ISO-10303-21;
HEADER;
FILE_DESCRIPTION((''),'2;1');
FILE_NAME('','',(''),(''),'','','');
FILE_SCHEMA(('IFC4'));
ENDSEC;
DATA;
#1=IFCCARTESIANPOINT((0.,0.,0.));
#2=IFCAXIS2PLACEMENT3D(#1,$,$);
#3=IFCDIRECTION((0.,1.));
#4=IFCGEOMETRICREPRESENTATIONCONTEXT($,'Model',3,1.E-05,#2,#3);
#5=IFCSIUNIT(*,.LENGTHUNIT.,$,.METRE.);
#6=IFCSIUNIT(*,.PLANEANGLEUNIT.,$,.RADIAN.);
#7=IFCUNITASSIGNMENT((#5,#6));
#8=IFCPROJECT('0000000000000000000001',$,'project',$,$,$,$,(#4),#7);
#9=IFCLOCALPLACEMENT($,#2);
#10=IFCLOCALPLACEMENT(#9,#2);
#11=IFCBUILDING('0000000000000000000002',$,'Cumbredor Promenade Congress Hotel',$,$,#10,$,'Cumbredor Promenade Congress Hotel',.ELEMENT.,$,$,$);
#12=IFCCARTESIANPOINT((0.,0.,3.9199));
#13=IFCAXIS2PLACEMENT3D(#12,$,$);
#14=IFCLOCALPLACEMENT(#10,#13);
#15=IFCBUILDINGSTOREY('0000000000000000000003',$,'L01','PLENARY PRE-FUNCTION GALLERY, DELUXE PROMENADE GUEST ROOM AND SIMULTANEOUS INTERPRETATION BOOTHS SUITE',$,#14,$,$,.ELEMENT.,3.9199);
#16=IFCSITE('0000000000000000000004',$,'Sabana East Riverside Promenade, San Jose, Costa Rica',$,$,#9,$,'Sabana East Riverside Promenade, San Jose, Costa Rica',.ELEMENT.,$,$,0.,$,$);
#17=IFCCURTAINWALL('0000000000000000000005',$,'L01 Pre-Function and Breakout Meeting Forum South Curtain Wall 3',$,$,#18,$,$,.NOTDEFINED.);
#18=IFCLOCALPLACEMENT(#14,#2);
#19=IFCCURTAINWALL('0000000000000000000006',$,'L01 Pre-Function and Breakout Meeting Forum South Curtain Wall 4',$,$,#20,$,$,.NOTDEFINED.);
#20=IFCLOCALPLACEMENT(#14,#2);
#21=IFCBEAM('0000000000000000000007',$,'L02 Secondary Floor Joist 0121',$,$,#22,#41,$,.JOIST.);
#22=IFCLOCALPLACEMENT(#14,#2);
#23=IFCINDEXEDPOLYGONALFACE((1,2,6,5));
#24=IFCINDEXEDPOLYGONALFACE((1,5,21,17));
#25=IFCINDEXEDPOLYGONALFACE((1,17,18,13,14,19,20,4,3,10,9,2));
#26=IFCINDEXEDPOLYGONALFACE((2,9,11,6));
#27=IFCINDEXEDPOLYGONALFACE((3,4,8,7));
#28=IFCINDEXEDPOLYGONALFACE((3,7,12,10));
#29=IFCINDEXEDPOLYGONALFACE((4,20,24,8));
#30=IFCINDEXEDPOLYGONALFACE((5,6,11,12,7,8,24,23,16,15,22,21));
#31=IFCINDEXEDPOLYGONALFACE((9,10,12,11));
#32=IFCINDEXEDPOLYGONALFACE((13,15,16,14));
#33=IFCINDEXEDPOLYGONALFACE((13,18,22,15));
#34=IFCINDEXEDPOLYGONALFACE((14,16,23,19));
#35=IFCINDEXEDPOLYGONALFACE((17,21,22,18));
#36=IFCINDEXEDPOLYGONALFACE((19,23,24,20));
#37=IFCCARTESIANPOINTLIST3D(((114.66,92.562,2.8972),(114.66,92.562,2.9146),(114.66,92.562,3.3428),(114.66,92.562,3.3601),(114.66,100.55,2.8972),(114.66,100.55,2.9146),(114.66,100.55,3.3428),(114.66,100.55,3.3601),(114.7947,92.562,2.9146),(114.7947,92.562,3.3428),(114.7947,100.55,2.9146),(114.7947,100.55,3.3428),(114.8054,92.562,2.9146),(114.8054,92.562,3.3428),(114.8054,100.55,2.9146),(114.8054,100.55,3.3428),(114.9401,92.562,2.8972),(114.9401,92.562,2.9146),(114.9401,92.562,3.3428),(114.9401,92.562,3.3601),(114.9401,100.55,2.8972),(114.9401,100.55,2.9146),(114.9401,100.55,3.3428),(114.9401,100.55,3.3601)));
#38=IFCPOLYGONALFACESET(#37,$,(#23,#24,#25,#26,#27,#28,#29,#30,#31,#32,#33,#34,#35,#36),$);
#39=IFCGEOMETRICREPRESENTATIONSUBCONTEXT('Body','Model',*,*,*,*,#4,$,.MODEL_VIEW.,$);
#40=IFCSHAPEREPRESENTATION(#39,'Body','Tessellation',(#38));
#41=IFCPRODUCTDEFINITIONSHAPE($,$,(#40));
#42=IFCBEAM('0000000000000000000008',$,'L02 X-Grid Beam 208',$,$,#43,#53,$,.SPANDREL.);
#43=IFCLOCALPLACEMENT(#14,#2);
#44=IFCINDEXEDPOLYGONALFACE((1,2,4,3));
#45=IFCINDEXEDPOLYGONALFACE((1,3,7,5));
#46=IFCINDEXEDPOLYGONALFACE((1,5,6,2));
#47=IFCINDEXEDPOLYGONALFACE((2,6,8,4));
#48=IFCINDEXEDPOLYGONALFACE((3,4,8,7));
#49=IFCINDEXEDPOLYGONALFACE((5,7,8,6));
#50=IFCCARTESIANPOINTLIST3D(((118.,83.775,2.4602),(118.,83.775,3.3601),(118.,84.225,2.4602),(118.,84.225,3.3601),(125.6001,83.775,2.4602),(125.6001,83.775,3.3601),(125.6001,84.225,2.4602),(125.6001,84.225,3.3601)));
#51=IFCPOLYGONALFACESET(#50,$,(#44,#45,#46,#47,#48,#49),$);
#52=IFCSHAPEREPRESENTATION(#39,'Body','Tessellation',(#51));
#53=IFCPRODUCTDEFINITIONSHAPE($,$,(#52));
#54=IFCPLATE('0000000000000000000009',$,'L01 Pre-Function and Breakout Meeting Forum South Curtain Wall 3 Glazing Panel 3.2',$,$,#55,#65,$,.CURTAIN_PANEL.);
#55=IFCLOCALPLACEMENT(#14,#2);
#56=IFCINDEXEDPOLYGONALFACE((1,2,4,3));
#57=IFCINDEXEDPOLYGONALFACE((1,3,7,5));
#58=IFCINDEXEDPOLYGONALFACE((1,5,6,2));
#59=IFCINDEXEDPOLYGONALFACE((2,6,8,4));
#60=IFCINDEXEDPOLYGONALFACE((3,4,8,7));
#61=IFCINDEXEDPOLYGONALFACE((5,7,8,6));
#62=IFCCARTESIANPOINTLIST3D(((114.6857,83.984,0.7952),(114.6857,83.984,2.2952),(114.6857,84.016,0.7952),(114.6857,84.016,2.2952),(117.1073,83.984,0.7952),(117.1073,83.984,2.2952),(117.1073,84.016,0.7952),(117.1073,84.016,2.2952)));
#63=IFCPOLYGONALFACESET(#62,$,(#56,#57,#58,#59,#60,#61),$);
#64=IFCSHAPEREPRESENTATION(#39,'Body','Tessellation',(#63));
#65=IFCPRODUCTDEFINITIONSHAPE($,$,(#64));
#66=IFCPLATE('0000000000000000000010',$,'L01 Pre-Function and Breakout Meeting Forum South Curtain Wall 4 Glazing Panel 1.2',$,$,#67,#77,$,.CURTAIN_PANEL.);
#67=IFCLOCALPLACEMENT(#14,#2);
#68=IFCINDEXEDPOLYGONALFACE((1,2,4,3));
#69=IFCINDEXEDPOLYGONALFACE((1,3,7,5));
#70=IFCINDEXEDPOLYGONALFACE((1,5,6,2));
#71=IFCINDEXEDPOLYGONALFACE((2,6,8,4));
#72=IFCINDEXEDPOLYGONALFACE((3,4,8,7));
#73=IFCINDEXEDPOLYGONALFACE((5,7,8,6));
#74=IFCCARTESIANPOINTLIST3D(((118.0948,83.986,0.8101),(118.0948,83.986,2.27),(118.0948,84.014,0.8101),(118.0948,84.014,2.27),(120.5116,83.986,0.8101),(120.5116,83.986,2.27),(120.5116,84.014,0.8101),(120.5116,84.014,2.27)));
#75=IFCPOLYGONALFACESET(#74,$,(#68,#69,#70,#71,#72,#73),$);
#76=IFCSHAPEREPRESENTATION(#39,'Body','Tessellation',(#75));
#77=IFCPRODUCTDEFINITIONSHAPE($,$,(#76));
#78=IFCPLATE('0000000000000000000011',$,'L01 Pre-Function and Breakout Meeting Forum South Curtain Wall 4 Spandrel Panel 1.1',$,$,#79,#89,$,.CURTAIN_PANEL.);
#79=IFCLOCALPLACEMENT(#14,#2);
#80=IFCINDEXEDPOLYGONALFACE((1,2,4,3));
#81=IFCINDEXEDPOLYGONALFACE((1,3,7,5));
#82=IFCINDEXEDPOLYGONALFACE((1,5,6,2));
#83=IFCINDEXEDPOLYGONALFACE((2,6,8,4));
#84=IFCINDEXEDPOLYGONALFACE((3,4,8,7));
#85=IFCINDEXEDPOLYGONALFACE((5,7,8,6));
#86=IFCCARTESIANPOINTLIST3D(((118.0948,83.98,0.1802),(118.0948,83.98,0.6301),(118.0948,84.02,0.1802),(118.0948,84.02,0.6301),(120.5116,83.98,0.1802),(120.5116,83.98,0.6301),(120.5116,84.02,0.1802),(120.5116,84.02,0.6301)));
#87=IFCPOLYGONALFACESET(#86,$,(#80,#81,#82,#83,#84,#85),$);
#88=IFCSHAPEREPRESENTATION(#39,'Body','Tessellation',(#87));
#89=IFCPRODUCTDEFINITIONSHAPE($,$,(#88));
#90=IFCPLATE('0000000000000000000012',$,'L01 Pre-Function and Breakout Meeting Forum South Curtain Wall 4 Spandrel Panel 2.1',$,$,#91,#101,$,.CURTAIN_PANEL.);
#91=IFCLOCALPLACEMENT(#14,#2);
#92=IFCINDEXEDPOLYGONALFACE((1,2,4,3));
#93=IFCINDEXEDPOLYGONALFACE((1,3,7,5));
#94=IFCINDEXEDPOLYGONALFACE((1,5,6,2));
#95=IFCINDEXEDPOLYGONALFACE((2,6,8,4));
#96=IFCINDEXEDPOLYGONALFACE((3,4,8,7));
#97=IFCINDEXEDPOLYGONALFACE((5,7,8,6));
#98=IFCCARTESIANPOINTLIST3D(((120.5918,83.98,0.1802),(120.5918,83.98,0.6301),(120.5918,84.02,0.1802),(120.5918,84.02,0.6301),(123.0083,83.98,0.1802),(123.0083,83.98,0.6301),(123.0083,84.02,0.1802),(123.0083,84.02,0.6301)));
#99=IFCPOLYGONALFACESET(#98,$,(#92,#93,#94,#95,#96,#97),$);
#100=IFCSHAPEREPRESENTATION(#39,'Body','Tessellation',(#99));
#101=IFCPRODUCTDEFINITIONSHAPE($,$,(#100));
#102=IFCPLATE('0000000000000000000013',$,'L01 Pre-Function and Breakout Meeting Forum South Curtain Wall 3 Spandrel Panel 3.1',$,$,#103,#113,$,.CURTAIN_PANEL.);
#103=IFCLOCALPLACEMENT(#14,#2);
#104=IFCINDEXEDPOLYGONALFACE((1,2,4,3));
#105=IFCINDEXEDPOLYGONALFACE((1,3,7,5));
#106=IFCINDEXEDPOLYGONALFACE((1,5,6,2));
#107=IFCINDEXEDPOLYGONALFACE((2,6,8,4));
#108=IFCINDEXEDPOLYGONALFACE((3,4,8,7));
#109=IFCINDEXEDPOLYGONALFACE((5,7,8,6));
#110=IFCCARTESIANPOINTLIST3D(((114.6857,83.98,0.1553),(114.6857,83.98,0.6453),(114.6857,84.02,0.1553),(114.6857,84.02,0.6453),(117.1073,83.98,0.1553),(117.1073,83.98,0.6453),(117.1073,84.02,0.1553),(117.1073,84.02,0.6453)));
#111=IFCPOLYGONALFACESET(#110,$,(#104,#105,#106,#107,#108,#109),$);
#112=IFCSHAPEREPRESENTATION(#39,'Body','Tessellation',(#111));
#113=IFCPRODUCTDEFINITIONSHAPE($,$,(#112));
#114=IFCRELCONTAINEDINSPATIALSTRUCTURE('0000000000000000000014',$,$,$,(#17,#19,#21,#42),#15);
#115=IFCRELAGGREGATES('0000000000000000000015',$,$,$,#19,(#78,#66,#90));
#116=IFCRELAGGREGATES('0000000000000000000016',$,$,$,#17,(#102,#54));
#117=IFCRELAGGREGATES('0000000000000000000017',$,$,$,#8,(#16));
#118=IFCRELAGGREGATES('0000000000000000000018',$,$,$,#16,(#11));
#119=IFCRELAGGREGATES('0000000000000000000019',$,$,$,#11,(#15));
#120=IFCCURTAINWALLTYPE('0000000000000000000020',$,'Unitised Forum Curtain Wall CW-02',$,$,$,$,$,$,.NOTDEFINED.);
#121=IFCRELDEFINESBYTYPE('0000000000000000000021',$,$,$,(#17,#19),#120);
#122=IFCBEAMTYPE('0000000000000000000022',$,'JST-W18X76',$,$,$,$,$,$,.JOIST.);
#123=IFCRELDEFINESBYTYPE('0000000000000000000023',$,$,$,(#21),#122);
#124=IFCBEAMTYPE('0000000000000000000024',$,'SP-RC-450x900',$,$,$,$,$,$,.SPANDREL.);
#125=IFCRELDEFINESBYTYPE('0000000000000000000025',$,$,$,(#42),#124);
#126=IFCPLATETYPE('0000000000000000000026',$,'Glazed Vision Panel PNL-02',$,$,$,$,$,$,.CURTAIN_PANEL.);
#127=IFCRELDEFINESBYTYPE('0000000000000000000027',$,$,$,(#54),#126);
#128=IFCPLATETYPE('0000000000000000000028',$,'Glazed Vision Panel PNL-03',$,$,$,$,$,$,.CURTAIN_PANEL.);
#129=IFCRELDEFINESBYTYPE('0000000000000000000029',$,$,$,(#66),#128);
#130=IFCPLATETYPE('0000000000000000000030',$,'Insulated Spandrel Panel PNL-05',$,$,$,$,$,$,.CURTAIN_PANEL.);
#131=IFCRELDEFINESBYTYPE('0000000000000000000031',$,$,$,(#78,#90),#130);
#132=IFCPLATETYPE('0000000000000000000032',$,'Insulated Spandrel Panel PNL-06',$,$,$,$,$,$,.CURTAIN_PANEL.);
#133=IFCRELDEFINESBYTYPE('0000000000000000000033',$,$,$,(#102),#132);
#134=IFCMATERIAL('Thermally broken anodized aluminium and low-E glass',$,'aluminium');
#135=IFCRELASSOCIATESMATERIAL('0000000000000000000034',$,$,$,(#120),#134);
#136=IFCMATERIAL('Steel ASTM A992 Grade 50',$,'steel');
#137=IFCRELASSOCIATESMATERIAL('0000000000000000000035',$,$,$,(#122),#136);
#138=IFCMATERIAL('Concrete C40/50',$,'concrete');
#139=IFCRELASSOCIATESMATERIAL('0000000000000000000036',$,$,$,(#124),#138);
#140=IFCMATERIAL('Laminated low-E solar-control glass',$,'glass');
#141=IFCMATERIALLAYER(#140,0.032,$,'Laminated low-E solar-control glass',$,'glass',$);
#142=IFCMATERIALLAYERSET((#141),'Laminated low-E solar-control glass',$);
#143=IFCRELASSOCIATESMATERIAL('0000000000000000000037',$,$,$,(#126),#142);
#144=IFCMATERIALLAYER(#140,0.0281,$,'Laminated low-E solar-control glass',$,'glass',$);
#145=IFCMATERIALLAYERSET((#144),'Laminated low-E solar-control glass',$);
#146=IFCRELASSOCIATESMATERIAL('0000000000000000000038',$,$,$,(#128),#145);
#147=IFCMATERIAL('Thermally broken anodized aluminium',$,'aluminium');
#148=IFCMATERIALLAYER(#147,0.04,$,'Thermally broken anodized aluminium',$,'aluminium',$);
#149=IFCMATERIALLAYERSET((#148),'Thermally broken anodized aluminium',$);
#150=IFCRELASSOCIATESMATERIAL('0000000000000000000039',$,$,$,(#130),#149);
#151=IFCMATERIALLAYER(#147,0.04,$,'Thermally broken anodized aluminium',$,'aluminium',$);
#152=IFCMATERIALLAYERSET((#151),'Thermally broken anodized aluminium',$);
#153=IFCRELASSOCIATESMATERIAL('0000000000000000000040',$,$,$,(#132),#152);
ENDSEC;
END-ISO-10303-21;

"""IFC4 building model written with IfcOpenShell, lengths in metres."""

from ifc_helpers import new_model, si_unit, direction, frame, origin, origin_2d, place, context, subcontext, project, spatial, rectangle, i_section, extrude, material, layer, layer_set, material_profile, profile_set, type_object, element, aggregate, save


model = new_model("IFC4")

# Units and contexts
model_context = context("Model", 3, precision=1e-05, world=origin(), true_north=direction((0.0, 1.0)))
body_context = subcontext(model_context, "Body", "Model", "MODEL_VIEW")
ifc_project = project(units=[si_unit("LENGTHUNIT", "METRE"), si_unit("PLANEANGLEUNIT", "RADIAN")], contexts=[model_context])

# Site, building, storey
site_placement = place(None, origin())
site = spatial("IfcSite", under=ifc_project, at=site_placement, Name="Sabana East Riverside Promenade, San Jose, Costa Rica", LongName="Sabana East Riverside Promenade, San Jose, Costa Rica", CompositionType="ELEMENT", RefElevation=0.0)
building_placement = place(site_placement, origin())
building = spatial("IfcBuilding", under=site, at=building_placement, Name="Cumbredor Promenade Congress Hotel", LongName="Cumbredor Promenade Congress Hotel", CompositionType="ELEMENT")
storey_placement = place(building_placement, frame((0.0, 0.0, 3.9199)))
storey = spatial("IfcBuildingStorey", under=building, at=storey_placement, Name="L01", Description="PLENARY PRE-FUNCTION GALLERY, DELUXE PROMENADE GUEST ROOM AND SIMULTANEOUS INTERPRETATION BOOTHS SUITE", CompositionType="ELEMENT", Elevation=3.9199)

# Shared definitions
ifc_material_1 = material(Name="Concrete C40/50", Category="concrete")

# Curtain wall
ifc_material_2 = material(Name="Thermally broken anodized aluminium and low-E glass", Category="aluminium")
curtain_wall_type = type_object("IfcCurtainWallType", Name="Unitised Forum Curtain Wall CW-02", PredefinedType="NOTDEFINED", material=ifc_material_2)
curtain_wall_1_placement = place(storey_placement, origin())
curtain_wall_1 = element("IfcCurtainWall", 1, at=curtain_wall_1_placement, inside=storey, type_object=curtain_wall_type, Name="L01 Pre-Function and Breakout Meeting Forum South Curtain Wall 3", PredefinedType="NOTDEFINED")
ifc_material_3 = material(Name="Thermally broken anodized aluminium", Category="aluminium")

# Curtain wall
curtain_wall_2_placement = place(storey_placement, origin())
curtain_wall_2 = element("IfcCurtainWall", 2, at=curtain_wall_2_placement, inside=storey, type_object=curtain_wall_type, Name="L01 Pre-Function and Breakout Meeting Forum South Curtain Wall 4", PredefinedType="NOTDEFINED")

# Beams
ifc_material_4 = material(Name="Steel ASTM A992 Grade 50", Category="steel")
ifc_material_profile_1 = material_profile(ifc_material_4, i_section(OverallWidth=0.28, OverallDepth=0.4629, WebThickness=0.0107, FlangeThickness=0.0173, at=origin_2d()), Name="W18X76")
ifc_profile_set_1 = profile_set([ifc_material_profile_1], Name="Steel ASTM A992 Grade 50")
beam_type_1 = type_object("IfcBeamType", Name="JST-W18X76", PredefinedType="JOIST", material=ifc_profile_set_1)
beam_1_placement = place(storey_placement, frame((114.8, 92.562, 3.1287), z_axis=(0.0, 1.0, 0.0), x_axis=(-1.0, 0.0, 0.0)))
element("IfcBeam", 3, at=beam_1_placement, inside=storey, type_object=beam_type_1, Name="L02 Secondary Floor Joist 0121", PredefinedType="JOIST", context=body_context, shape_type="SweptSolid", body=[
    extrude(i_section(OverallWidth=0.28, OverallDepth=0.4629, WebThickness=0.0107, FlangeThickness=0.0173, at=origin_2d()), origin(), (0.0, 0.0, 1.0), 7.988),
])
ifc_material_profile_2 = material_profile(ifc_material_1, rectangle(XDim=0.45, YDim=0.8999, at=origin_2d()), Name="RC SPANDREL 450x900")
ifc_profile_set_2 = profile_set([ifc_material_profile_2], Name="Concrete C40/50")
beam_type_2 = type_object("IfcBeamType", Name="SP-RC-450x900", PredefinedType="SPANDREL", material=ifc_profile_set_2)
beam_2_placement = place(storey_placement, frame((118.0, 84.0, 2.9102), z_axis=(1.0, 0.0, 0.0), x_axis=(0.0, 1.0, 0.0)))
element("IfcBeam", 4, at=beam_2_placement, inside=storey, type_object=beam_type_2, Name="L02 X-Grid Beam 208", PredefinedType="SPANDREL", context=body_context, shape_type="SweptSolid", body=[
    extrude(rectangle(XDim=0.45, YDim=0.8999, at=origin_2d()), origin(), (0.0, 0.0, 1.0), 7.6001),
])

# Plates
ifc_material_5 = material(Name="Laminated low-E solar-control glass", Category="glass")
ifc_layer_1 = layer(ifc_material_5, 0.032, Name="Laminated low-E solar-control glass", Category="glass")
ifc_layer_set_1 = layer_set([ifc_layer_1], Name="Laminated low-E solar-control glass")
plate_type_1 = type_object("IfcPlateType", Name="Glazed Vision Panel PNL-02", PredefinedType="CURTAIN_PANEL", material=ifc_layer_set_1)
plate_1_placement = place(storey_placement, frame((115.8965, 84.0, 0.7952), z_axis=(0.0, 0.0, 1.0), x_axis=(1.0, 0.0, 0.0)))
plate_1 = element("IfcPlate", 5, at=plate_1_placement, type_object=plate_type_1, Name="L01 Pre-Function and Breakout Meeting Forum South Curtain Wall 3 Glazing Panel 3.2", PredefinedType="CURTAIN_PANEL", context=body_context, shape_type="SweptSolid", body=[
    extrude(rectangle(XDim=2.4216, YDim=0.032, at=origin_2d()), origin(), (0.0, 0.0, 1.0), 1.5),
])
ifc_layer_2 = layer(ifc_material_5, 0.0281, Name="Laminated low-E solar-control glass", Category="glass")
ifc_layer_set_2 = layer_set([ifc_layer_2], Name="Laminated low-E solar-control glass")
plate_type_2 = type_object("IfcPlateType", Name="Glazed Vision Panel PNL-03", PredefinedType="CURTAIN_PANEL", material=ifc_layer_set_2)
plate_2_placement = place(storey_placement, frame((119.3032, 84.0, 0.8101), z_axis=(0.0, 0.0, 1.0), x_axis=(1.0, 0.0, 0.0)))
plate_2 = element("IfcPlate", 6, at=plate_2_placement, type_object=plate_type_2, Name="L01 Pre-Function and Breakout Meeting Forum South Curtain Wall 4 Glazing Panel 1.2", PredefinedType="CURTAIN_PANEL", context=body_context, shape_type="SweptSolid", body=[
    extrude(rectangle(XDim=2.4167, YDim=0.0281, at=origin_2d()), origin(), (0.0, 0.0, 1.0), 1.46),
])
ifc_layer_3 = layer(ifc_material_3, 0.04, Name="Thermally broken anodized aluminium", Category="aluminium")
ifc_layer_set_3 = layer_set([ifc_layer_3], Name="Thermally broken anodized aluminium")
plate_type_3 = type_object("IfcPlateType", Name="Insulated Spandrel Panel PNL-05", PredefinedType="CURTAIN_PANEL", material=ifc_layer_set_3)
plate_3_placement = place(storey_placement, frame((119.3032, 84.0, 0.1802), z_axis=(0.0, 0.0, 1.0), x_axis=(1.0, 0.0, 0.0)))
plate_3 = element("IfcPlate", 7, at=plate_3_placement, type_object=plate_type_3, Name="L01 Pre-Function and Breakout Meeting Forum South Curtain Wall 4 Spandrel Panel 1.1", PredefinedType="CURTAIN_PANEL", context=body_context, shape_type="SweptSolid", body=[
    extrude(rectangle(XDim=2.4167, YDim=0.04, at=origin_2d()), origin(), (0.0, 0.0, 1.0), 0.45),
])
plate_4_placement = place(storey_placement, frame((121.8, 84.0, 0.1802), z_axis=(0.0, 0.0, 1.0), x_axis=(1.0, 0.0, 0.0)))
plate_4 = element("IfcPlate", 8, at=plate_4_placement, type_object=plate_type_3, Name="L01 Pre-Function and Breakout Meeting Forum South Curtain Wall 4 Spandrel Panel 2.1", PredefinedType="CURTAIN_PANEL", context=body_context, shape_type="SweptSolid", body=[
    extrude(rectangle(XDim=2.4165, YDim=0.04, at=origin_2d()), origin(), (0.0, 0.0, 1.0), 0.45),
])
aggregate(curtain_wall_2, [plate_3, plate_2, plate_4])
ifc_layer_4 = layer(ifc_material_3, 0.04, Name="Thermally broken anodized aluminium", Category="aluminium")
ifc_layer_set_4 = layer_set([ifc_layer_4], Name="Thermally broken anodized aluminium")
plate_type_4 = type_object("IfcPlateType", Name="Insulated Spandrel Panel PNL-06", PredefinedType="CURTAIN_PANEL", material=ifc_layer_set_4)
plate_5_placement = place(storey_placement, frame((115.8965, 84.0, 0.1553), z_axis=(0.0, 0.0, 1.0), x_axis=(1.0, 0.0, 0.0)))
plate_5 = element("IfcPlate", 9, at=plate_5_placement, type_object=plate_type_4, Name="L01 Pre-Function and Breakout Meeting Forum South Curtain Wall 3 Spandrel Panel 3.1", PredefinedType="CURTAIN_PANEL", context=body_context, shape_type="SweptSolid", body=[
    extrude(rectangle(XDim=2.4216, YDim=0.04, at=origin_2d()), origin(), (0.0, 0.0, 1.0), 0.49),
])
aggregate(curtain_wall_1, [plate_5, plate_1])

save(model, "model.ifc")
